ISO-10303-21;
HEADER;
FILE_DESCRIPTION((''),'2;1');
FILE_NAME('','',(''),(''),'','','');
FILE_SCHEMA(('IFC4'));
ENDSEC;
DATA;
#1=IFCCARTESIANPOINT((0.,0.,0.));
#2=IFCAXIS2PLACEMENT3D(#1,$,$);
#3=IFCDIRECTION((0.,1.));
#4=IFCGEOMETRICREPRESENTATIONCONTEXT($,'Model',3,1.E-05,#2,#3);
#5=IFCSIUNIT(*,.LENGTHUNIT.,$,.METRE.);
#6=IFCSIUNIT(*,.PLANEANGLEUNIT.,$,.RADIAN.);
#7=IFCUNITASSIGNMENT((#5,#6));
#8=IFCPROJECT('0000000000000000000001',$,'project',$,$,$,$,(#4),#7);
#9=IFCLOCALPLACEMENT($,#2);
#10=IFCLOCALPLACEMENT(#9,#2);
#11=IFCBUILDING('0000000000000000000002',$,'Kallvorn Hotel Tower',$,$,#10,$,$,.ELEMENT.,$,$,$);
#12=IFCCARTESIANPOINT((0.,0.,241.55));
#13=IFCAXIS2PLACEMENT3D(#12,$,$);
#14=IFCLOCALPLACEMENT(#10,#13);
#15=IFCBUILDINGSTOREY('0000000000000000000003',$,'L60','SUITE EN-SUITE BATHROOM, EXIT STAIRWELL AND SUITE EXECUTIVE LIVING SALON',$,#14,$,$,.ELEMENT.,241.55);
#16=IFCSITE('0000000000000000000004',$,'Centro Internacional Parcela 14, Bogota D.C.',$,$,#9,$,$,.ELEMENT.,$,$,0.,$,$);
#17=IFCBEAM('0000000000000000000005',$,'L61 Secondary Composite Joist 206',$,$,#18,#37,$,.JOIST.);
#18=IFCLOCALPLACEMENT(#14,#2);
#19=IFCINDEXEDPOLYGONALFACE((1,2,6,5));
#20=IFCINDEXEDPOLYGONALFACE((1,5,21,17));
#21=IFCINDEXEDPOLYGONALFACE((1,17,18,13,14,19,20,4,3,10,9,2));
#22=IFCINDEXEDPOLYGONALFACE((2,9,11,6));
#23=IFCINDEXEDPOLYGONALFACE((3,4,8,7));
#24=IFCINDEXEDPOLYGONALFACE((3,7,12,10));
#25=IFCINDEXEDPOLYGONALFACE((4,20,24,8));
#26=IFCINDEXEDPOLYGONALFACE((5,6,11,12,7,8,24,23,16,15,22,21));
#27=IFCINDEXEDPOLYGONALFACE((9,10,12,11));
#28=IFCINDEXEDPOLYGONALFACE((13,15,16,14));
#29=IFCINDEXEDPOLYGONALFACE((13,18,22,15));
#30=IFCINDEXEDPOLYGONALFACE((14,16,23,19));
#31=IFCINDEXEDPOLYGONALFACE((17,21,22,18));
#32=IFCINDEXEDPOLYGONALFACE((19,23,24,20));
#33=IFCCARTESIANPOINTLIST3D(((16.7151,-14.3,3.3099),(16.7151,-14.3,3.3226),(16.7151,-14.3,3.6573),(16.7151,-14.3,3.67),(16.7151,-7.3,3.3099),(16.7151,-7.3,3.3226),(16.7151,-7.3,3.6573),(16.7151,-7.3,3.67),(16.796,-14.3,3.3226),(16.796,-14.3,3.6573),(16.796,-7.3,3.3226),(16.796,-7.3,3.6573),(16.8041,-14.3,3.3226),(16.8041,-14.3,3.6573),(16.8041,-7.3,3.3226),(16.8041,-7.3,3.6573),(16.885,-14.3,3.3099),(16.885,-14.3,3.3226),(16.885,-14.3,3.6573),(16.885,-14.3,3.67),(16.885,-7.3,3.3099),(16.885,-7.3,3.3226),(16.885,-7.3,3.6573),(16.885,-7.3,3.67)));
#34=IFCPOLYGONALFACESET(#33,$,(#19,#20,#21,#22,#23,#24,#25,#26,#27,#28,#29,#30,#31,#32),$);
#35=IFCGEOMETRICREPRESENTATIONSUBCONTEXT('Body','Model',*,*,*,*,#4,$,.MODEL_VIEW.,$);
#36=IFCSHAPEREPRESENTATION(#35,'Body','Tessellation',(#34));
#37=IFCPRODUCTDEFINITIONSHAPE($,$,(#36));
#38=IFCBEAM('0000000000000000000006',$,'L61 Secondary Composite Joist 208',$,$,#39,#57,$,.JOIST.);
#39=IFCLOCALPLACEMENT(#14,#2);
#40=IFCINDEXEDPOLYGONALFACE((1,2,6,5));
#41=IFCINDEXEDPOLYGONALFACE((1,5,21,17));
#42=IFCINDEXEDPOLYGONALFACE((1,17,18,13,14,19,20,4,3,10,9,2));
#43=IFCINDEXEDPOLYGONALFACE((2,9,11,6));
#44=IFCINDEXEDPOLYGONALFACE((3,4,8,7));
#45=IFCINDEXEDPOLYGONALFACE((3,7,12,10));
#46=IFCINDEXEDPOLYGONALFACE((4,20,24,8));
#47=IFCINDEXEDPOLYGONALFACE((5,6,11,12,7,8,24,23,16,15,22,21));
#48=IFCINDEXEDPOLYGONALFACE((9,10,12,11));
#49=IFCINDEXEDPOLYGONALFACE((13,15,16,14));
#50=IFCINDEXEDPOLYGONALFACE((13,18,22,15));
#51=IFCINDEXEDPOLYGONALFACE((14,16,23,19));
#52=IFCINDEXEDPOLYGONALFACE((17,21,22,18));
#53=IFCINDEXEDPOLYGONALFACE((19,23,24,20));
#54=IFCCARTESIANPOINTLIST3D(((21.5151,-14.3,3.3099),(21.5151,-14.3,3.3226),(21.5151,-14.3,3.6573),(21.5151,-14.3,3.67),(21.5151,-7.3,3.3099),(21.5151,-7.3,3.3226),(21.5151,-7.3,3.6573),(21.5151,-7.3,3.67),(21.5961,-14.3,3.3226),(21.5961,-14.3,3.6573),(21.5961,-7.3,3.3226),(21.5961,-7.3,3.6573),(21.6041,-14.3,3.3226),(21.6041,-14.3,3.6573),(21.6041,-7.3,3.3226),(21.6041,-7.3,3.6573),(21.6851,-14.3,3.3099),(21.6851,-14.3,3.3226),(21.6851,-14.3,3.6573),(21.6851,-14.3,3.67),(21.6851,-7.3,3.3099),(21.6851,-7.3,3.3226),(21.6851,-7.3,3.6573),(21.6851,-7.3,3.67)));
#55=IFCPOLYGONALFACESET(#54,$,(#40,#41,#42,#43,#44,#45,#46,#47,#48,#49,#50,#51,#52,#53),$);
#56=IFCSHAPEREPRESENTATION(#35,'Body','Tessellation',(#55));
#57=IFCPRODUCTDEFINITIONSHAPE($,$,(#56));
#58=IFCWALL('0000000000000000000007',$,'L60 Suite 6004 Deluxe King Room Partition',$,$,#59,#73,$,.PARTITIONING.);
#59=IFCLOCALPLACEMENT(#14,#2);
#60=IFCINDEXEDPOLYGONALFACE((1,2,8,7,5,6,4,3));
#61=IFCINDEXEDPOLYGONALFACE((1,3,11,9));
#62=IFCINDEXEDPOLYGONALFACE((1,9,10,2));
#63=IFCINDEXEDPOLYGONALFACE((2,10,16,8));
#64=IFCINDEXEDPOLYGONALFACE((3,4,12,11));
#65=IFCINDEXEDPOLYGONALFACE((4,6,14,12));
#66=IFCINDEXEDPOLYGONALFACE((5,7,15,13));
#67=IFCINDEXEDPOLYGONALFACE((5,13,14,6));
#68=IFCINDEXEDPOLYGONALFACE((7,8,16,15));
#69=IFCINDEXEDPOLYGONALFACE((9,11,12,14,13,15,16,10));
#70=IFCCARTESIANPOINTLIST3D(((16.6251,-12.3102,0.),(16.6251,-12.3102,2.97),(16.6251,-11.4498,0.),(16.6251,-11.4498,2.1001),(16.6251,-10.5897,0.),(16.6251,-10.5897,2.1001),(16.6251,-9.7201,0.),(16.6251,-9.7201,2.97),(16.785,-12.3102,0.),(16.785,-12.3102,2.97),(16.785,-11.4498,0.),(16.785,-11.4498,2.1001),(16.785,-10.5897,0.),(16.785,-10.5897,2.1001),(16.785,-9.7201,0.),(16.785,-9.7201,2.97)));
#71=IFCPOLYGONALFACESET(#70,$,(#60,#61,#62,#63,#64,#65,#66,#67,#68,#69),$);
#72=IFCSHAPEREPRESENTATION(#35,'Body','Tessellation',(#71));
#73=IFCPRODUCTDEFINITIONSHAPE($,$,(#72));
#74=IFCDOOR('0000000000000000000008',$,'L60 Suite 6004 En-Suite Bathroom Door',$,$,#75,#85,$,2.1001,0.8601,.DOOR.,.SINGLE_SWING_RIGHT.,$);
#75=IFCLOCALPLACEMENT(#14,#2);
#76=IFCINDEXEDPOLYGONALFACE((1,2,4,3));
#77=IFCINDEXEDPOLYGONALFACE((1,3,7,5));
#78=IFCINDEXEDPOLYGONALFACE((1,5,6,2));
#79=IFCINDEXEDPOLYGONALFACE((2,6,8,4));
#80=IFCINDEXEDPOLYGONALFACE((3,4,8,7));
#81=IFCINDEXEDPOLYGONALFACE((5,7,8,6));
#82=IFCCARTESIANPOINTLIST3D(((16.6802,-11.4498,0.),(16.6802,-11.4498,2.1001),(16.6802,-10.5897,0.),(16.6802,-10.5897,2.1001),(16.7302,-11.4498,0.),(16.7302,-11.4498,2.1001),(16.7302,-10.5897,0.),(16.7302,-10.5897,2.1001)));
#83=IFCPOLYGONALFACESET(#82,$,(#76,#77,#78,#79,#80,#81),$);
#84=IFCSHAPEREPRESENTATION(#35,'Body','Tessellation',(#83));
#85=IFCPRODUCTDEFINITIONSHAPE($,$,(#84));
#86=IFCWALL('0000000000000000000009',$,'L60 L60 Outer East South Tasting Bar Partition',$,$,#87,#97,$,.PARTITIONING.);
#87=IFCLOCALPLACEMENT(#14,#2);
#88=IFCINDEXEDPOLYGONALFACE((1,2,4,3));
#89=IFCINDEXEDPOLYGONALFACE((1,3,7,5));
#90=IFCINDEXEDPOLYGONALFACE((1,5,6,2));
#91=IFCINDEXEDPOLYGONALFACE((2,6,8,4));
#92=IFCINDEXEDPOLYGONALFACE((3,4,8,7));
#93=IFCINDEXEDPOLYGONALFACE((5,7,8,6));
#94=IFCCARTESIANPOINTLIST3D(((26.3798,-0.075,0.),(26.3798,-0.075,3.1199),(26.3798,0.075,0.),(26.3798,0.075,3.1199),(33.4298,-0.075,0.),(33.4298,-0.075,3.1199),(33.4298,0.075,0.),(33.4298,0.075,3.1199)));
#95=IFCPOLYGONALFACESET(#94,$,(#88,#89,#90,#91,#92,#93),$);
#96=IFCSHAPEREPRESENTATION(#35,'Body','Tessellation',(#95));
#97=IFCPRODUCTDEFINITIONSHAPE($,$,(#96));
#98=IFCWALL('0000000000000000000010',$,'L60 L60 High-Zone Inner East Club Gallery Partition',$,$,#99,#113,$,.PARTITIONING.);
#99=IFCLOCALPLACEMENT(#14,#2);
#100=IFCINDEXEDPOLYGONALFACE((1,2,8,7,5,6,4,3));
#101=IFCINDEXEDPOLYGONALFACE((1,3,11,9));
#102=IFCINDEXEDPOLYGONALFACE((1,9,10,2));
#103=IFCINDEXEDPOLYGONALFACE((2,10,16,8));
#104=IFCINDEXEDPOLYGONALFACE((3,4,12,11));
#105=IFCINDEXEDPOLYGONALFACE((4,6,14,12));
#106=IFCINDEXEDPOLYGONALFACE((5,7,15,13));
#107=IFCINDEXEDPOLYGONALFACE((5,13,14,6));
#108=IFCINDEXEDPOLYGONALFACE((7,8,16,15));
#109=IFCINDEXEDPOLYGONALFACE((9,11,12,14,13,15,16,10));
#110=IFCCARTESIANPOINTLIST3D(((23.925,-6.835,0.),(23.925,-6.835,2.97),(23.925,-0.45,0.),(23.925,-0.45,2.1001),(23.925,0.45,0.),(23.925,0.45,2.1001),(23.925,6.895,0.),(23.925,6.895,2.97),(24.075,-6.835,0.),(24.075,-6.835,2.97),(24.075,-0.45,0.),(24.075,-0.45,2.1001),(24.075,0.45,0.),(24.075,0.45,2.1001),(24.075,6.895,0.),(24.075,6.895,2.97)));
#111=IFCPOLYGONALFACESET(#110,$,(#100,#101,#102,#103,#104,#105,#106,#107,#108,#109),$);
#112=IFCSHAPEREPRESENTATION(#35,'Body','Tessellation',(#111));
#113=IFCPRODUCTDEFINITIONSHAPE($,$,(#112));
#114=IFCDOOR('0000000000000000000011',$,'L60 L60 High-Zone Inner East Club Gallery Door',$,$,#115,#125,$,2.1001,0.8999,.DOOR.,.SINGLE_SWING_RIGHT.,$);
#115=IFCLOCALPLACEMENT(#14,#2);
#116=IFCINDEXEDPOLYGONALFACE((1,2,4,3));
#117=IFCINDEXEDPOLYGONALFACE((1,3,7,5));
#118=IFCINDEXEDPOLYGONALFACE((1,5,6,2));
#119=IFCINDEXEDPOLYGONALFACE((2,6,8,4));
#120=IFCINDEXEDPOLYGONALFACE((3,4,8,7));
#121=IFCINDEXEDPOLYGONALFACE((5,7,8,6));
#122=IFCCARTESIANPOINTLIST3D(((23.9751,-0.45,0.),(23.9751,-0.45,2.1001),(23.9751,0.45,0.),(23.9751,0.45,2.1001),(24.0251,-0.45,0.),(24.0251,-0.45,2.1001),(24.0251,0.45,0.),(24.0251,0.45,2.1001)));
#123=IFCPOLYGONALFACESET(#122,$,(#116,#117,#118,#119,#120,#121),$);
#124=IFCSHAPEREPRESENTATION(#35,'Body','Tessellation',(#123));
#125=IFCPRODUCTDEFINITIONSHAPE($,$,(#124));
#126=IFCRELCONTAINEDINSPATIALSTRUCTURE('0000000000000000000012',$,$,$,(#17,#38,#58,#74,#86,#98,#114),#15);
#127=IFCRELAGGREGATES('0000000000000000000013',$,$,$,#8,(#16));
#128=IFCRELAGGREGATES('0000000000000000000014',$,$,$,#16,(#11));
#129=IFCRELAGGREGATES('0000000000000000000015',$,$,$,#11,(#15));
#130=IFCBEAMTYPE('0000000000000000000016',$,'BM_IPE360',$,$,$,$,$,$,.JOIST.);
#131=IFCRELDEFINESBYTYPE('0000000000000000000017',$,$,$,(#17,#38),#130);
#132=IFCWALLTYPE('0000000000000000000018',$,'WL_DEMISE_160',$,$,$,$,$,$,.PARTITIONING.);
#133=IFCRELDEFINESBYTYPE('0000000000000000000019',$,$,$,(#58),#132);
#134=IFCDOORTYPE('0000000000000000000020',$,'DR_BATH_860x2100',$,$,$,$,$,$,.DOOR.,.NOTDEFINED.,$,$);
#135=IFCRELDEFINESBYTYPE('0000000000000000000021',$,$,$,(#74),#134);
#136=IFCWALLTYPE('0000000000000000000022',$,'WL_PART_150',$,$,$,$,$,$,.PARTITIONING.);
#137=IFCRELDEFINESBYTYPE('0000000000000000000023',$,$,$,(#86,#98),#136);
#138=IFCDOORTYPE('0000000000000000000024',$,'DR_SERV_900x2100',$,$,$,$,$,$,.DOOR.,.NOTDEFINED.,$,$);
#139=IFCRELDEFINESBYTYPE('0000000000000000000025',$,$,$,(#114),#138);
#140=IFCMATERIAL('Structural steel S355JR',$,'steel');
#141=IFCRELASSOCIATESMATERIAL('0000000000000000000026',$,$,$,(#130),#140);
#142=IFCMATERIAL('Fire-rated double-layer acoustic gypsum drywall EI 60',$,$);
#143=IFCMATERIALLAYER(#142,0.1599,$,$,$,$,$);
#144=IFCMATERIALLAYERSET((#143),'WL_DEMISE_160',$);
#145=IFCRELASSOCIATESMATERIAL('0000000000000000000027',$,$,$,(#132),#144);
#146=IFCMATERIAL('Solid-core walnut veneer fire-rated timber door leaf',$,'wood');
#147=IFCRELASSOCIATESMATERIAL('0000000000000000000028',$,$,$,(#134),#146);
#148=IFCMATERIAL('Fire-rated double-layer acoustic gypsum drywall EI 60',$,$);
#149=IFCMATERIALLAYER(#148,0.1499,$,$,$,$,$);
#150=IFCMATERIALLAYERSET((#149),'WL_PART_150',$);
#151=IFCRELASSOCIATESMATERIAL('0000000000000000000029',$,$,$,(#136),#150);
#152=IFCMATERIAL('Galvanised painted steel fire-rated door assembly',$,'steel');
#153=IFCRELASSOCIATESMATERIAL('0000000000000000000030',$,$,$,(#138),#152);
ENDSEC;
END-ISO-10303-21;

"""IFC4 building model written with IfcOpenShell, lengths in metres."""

from ifc_helpers import new_model, si_unit, direction, frame, frame_2d, origin, origin_2d, place, context, subcontext, project, spatial, rectangle, i_section, extrude, material, layer, layer_set, material_profile, profile_set, type_object, element, fill, save


model = new_model("IFC4")

# Units and contexts
model_context = context("Model", 3, precision=1e-05, world=origin(), true_north=direction((0.0, 1.0)))
body_context = subcontext(model_context, "Body", "Model", "MODEL_VIEW")
ifc_project = project(units=[si_unit("LENGTHUNIT", "METRE"), si_unit("PLANEANGLEUNIT", "RADIAN")], contexts=[model_context])

# Site, building, storey
site_placement = place(None, origin())
site = spatial("IfcSite", under=ifc_project, at=site_placement, Name="Centro Internacional Parcela 14, Bogota D.C.", CompositionType="ELEMENT", RefElevation=0.0)
building_placement = place(site_placement, origin())
building = spatial("IfcBuilding", under=site, at=building_placement, Name="Kallvorn Hotel Tower", CompositionType="ELEMENT")
storey_placement = place(building_placement, frame((0.0, 0.0, 241.55)))
storey = spatial("IfcBuildingStorey", under=building, at=storey_placement, Name="L60", Description="SUITE EN-SUITE BATHROOM, EXIT STAIRWELL AND SUITE EXECUTIVE LIVING SALON", CompositionType="ELEMENT", Elevation=241.55)

# Beams
ifc_material_1 = material(Name="Structural steel S355JR", Category="steel")
ifc_material_profile_1 = material_profile(ifc_material_1, i_section(OverallWidth=0.1699, OverallDepth=0.3601, WebThickness=0.0081, FlangeThickness=0.0127, at=origin_2d()), Name="IPE 360")
ifc_profile_set_1 = profile_set([ifc_material_profile_1], Name="Structural steel S355JR")
beam_type_1 = type_object("IfcBeamType", Name="BM_IPE360", PredefinedType="JOIST", material=ifc_profile_set_1)
for number, where, z_axis, x_axis, name in (
    (1, (16.8, -14.3, 3.49), (0.0, 1.0, 0.0), (-1.0, 0.0, 0.0), "L61 Secondary Composite Joist 206"),
    (2, (21.6001, -14.3, 3.49), (0.0, 1.0, 0.0), (-1.0, 0.0, 0.0), "L61 Secondary Composite Joist 208"),
):
    element("IfcBeam", number, at=place(storey_placement, frame(where, z_axis=z_axis, x_axis=x_axis)), inside=storey, type_object=beam_type_1, Name=name, PredefinedType="JOIST", context=body_context, shape_type="SweptSolid", body=[
        extrude(i_section(OverallWidth=0.1699, OverallDepth=0.3601, WebThickness=0.0081, FlangeThickness=0.0127, at=origin_2d()), origin(), (0.0, 0.0, 1.0), 7.0),
    ])

# Wall, opening, door
ifc_material_2 = material(Name="Fire-rated double-layer acoustic gypsum drywall EI 60")
ifc_layer_1 = layer(ifc_material_2, 0.1599)
ifc_layer_set_1 = layer_set([ifc_layer_1], Name="WL_DEMISE_160")
wall_type_1 = type_object("IfcWallType", Name="WL_DEMISE_160", PredefinedType="PARTITIONING", material=ifc_layer_set_1)
wall_1_placement = place(storey_placement, frame((16.7051, -12.3101, 0.0), z_axis=(0.0, 0.0, 1.0), x_axis=(0.0, 1.0, 0.0)))
wall_1 = element("IfcWall", 3, at=wall_1_placement, inside=storey, type_object=wall_type_1, Name="L60 Suite 6004 Deluxe King Room Partition", PredefinedType="PARTITIONING", context=body_context, shape_type="SweptSolid", body=[
    extrude(rectangle(XDim=2.5901, YDim=0.1599, at=frame_2d((1.2949, 0.0))), origin(), (0.0, 0.0, 1.0), 2.97),
])
opening_1_placement = place(wall_1_placement, frame((0.8601, 0.0, 0.0)))
opening_1 = element("IfcOpeningElement", 4, at=opening_1_placement, cuts=wall_1, PredefinedType="OPENING", context=body_context, shape_type="SweptSolid", body=[
    extrude(rectangle(XDim=0.8601, YDim=2.1001, at=frame_2d((0.4302, 1.05))), frame((0.0, 0.095, 0.0), z_axis=(0.0, -1.0, 0.0), x_axis=(1.0, 0.0, 0.0)), (0.0, 0.0, 1.0), 0.1899),
])
ifc_material_3 = material(Name="Solid-core walnut veneer fire-rated timber door leaf", Category="wood")
door_type_1 = type_object("IfcDoorType", Name="DR_BATH_860x2100", OperationType="NOTDEFINED", PredefinedType="DOOR", material=ifc_material_3)
door_1_placement = place(opening_1_placement, origin())
door_1 = element("IfcDoor", 5, at=door_1_placement, inside=storey, type_object=door_type_1, Name="L60 Suite 6004 En-Suite Bathroom Door", OperationType="SINGLE_SWING_RIGHT", OverallHeight=2.1001, OverallWidth=0.8601, PredefinedType="DOOR", context=body_context, shape_type="SweptSolid", body=[
    extrude(rectangle(XDim=0.8601, YDim=2.1001, at=frame_2d((0.4302, 1.05))), frame((0.0, 0.0249, 0.0), z_axis=(0.0, -1.0, 0.0), x_axis=(1.0, 0.0, 0.0)), (0.0, 0.0, 1.0), 0.05),
])
fill(opening_1, door_1)

# Wall
ifc_material_4 = material(Name="Fire-rated double-layer acoustic gypsum drywall EI 60")
ifc_layer_2 = layer(ifc_material_4, 0.1499)
ifc_layer_set_2 = layer_set([ifc_layer_2], Name="WL_PART_150")
wall_type_2 = type_object("IfcWallType", Name="WL_PART_150", PredefinedType="PARTITIONING", material=ifc_layer_set_2)
wall_2_placement = place(storey_placement, frame((26.3799, 0.0, 0.0), z_axis=(0.0, 0.0, 1.0), x_axis=(1.0, 0.0, 0.0)))
element("IfcWall", 6, at=wall_2_placement, inside=storey, type_object=wall_type_2, Name="L60 L60 Outer East South Tasting Bar Partition", PredefinedType="PARTITIONING", context=body_context, shape_type="SweptSolid", body=[
    extrude(rectangle(XDim=7.05, YDim=0.1499, at=frame_2d((3.5249, 0.0))), origin(), (0.0, 0.0, 1.0), 3.1199),
])

# Wall, opening, door
wall_3_placement = place(storey_placement, frame((24.0, -6.835, 0.0), z_axis=(0.0, 0.0, 1.0), x_axis=(0.0, 1.0, 0.0)))
wall_3 = element("IfcWall", 7, at=wall_3_placement, inside=storey, type_object=wall_type_2, Name="L60 L60 High-Zone Inner East Club Gallery Partition", PredefinedType="PARTITIONING", context=body_context, shape_type="SweptSolid", body=[
    extrude(rectangle(XDim=13.73, YDim=0.1499, at=frame_2d((6.865, 0.0))), origin(), (0.0, 0.0, 1.0), 2.97),
])
opening_2_placement = place(wall_3_placement, frame((6.385, 0.0, 0.0)))
opening_2 = element("IfcOpeningElement", 8, at=opening_2_placement, cuts=wall_3, PredefinedType="OPENING", context=body_context, shape_type="SweptSolid", body=[
    extrude(rectangle(XDim=0.8999, YDim=2.1001, at=frame_2d((0.45, 1.05))), frame((0.0, 0.0898, 0.0), z_axis=(0.0, -1.0, 0.0), x_axis=(1.0, 0.0, 0.0)), (0.0, 0.0, 1.0), 0.1799),
])
ifc_material_5 = material(Name="Galvanised painted steel fire-rated door assembly", Category="steel")
door_type_2 = type_object("IfcDoorType", Name="DR_SERV_900x2100", OperationType="NOTDEFINED", PredefinedType="DOOR", material=ifc_material_5)
door_2_placement = place(opening_2_placement, origin())
door_2 = element("IfcDoor", 9, at=door_2_placement, inside=storey, type_object=door_type_2, Name="L60 L60 High-Zone Inner East Club Gallery Door", OperationType="SINGLE_SWING_RIGHT", OverallHeight=2.1001, OverallWidth=0.8999, PredefinedType="DOOR", context=body_context, shape_type="SweptSolid", body=[
    extrude(rectangle(XDim=0.8999, YDim=2.1001, at=frame_2d((0.45, 1.05))), frame((0.0, 0.0249, 0.0), z_axis=(0.0, -1.0, 0.0), x_axis=(1.0, 0.0, 0.0)), (0.0, 0.0, 1.0), 0.05),
])
fill(opening_2, door_2)

save(model, "model.ifc")
